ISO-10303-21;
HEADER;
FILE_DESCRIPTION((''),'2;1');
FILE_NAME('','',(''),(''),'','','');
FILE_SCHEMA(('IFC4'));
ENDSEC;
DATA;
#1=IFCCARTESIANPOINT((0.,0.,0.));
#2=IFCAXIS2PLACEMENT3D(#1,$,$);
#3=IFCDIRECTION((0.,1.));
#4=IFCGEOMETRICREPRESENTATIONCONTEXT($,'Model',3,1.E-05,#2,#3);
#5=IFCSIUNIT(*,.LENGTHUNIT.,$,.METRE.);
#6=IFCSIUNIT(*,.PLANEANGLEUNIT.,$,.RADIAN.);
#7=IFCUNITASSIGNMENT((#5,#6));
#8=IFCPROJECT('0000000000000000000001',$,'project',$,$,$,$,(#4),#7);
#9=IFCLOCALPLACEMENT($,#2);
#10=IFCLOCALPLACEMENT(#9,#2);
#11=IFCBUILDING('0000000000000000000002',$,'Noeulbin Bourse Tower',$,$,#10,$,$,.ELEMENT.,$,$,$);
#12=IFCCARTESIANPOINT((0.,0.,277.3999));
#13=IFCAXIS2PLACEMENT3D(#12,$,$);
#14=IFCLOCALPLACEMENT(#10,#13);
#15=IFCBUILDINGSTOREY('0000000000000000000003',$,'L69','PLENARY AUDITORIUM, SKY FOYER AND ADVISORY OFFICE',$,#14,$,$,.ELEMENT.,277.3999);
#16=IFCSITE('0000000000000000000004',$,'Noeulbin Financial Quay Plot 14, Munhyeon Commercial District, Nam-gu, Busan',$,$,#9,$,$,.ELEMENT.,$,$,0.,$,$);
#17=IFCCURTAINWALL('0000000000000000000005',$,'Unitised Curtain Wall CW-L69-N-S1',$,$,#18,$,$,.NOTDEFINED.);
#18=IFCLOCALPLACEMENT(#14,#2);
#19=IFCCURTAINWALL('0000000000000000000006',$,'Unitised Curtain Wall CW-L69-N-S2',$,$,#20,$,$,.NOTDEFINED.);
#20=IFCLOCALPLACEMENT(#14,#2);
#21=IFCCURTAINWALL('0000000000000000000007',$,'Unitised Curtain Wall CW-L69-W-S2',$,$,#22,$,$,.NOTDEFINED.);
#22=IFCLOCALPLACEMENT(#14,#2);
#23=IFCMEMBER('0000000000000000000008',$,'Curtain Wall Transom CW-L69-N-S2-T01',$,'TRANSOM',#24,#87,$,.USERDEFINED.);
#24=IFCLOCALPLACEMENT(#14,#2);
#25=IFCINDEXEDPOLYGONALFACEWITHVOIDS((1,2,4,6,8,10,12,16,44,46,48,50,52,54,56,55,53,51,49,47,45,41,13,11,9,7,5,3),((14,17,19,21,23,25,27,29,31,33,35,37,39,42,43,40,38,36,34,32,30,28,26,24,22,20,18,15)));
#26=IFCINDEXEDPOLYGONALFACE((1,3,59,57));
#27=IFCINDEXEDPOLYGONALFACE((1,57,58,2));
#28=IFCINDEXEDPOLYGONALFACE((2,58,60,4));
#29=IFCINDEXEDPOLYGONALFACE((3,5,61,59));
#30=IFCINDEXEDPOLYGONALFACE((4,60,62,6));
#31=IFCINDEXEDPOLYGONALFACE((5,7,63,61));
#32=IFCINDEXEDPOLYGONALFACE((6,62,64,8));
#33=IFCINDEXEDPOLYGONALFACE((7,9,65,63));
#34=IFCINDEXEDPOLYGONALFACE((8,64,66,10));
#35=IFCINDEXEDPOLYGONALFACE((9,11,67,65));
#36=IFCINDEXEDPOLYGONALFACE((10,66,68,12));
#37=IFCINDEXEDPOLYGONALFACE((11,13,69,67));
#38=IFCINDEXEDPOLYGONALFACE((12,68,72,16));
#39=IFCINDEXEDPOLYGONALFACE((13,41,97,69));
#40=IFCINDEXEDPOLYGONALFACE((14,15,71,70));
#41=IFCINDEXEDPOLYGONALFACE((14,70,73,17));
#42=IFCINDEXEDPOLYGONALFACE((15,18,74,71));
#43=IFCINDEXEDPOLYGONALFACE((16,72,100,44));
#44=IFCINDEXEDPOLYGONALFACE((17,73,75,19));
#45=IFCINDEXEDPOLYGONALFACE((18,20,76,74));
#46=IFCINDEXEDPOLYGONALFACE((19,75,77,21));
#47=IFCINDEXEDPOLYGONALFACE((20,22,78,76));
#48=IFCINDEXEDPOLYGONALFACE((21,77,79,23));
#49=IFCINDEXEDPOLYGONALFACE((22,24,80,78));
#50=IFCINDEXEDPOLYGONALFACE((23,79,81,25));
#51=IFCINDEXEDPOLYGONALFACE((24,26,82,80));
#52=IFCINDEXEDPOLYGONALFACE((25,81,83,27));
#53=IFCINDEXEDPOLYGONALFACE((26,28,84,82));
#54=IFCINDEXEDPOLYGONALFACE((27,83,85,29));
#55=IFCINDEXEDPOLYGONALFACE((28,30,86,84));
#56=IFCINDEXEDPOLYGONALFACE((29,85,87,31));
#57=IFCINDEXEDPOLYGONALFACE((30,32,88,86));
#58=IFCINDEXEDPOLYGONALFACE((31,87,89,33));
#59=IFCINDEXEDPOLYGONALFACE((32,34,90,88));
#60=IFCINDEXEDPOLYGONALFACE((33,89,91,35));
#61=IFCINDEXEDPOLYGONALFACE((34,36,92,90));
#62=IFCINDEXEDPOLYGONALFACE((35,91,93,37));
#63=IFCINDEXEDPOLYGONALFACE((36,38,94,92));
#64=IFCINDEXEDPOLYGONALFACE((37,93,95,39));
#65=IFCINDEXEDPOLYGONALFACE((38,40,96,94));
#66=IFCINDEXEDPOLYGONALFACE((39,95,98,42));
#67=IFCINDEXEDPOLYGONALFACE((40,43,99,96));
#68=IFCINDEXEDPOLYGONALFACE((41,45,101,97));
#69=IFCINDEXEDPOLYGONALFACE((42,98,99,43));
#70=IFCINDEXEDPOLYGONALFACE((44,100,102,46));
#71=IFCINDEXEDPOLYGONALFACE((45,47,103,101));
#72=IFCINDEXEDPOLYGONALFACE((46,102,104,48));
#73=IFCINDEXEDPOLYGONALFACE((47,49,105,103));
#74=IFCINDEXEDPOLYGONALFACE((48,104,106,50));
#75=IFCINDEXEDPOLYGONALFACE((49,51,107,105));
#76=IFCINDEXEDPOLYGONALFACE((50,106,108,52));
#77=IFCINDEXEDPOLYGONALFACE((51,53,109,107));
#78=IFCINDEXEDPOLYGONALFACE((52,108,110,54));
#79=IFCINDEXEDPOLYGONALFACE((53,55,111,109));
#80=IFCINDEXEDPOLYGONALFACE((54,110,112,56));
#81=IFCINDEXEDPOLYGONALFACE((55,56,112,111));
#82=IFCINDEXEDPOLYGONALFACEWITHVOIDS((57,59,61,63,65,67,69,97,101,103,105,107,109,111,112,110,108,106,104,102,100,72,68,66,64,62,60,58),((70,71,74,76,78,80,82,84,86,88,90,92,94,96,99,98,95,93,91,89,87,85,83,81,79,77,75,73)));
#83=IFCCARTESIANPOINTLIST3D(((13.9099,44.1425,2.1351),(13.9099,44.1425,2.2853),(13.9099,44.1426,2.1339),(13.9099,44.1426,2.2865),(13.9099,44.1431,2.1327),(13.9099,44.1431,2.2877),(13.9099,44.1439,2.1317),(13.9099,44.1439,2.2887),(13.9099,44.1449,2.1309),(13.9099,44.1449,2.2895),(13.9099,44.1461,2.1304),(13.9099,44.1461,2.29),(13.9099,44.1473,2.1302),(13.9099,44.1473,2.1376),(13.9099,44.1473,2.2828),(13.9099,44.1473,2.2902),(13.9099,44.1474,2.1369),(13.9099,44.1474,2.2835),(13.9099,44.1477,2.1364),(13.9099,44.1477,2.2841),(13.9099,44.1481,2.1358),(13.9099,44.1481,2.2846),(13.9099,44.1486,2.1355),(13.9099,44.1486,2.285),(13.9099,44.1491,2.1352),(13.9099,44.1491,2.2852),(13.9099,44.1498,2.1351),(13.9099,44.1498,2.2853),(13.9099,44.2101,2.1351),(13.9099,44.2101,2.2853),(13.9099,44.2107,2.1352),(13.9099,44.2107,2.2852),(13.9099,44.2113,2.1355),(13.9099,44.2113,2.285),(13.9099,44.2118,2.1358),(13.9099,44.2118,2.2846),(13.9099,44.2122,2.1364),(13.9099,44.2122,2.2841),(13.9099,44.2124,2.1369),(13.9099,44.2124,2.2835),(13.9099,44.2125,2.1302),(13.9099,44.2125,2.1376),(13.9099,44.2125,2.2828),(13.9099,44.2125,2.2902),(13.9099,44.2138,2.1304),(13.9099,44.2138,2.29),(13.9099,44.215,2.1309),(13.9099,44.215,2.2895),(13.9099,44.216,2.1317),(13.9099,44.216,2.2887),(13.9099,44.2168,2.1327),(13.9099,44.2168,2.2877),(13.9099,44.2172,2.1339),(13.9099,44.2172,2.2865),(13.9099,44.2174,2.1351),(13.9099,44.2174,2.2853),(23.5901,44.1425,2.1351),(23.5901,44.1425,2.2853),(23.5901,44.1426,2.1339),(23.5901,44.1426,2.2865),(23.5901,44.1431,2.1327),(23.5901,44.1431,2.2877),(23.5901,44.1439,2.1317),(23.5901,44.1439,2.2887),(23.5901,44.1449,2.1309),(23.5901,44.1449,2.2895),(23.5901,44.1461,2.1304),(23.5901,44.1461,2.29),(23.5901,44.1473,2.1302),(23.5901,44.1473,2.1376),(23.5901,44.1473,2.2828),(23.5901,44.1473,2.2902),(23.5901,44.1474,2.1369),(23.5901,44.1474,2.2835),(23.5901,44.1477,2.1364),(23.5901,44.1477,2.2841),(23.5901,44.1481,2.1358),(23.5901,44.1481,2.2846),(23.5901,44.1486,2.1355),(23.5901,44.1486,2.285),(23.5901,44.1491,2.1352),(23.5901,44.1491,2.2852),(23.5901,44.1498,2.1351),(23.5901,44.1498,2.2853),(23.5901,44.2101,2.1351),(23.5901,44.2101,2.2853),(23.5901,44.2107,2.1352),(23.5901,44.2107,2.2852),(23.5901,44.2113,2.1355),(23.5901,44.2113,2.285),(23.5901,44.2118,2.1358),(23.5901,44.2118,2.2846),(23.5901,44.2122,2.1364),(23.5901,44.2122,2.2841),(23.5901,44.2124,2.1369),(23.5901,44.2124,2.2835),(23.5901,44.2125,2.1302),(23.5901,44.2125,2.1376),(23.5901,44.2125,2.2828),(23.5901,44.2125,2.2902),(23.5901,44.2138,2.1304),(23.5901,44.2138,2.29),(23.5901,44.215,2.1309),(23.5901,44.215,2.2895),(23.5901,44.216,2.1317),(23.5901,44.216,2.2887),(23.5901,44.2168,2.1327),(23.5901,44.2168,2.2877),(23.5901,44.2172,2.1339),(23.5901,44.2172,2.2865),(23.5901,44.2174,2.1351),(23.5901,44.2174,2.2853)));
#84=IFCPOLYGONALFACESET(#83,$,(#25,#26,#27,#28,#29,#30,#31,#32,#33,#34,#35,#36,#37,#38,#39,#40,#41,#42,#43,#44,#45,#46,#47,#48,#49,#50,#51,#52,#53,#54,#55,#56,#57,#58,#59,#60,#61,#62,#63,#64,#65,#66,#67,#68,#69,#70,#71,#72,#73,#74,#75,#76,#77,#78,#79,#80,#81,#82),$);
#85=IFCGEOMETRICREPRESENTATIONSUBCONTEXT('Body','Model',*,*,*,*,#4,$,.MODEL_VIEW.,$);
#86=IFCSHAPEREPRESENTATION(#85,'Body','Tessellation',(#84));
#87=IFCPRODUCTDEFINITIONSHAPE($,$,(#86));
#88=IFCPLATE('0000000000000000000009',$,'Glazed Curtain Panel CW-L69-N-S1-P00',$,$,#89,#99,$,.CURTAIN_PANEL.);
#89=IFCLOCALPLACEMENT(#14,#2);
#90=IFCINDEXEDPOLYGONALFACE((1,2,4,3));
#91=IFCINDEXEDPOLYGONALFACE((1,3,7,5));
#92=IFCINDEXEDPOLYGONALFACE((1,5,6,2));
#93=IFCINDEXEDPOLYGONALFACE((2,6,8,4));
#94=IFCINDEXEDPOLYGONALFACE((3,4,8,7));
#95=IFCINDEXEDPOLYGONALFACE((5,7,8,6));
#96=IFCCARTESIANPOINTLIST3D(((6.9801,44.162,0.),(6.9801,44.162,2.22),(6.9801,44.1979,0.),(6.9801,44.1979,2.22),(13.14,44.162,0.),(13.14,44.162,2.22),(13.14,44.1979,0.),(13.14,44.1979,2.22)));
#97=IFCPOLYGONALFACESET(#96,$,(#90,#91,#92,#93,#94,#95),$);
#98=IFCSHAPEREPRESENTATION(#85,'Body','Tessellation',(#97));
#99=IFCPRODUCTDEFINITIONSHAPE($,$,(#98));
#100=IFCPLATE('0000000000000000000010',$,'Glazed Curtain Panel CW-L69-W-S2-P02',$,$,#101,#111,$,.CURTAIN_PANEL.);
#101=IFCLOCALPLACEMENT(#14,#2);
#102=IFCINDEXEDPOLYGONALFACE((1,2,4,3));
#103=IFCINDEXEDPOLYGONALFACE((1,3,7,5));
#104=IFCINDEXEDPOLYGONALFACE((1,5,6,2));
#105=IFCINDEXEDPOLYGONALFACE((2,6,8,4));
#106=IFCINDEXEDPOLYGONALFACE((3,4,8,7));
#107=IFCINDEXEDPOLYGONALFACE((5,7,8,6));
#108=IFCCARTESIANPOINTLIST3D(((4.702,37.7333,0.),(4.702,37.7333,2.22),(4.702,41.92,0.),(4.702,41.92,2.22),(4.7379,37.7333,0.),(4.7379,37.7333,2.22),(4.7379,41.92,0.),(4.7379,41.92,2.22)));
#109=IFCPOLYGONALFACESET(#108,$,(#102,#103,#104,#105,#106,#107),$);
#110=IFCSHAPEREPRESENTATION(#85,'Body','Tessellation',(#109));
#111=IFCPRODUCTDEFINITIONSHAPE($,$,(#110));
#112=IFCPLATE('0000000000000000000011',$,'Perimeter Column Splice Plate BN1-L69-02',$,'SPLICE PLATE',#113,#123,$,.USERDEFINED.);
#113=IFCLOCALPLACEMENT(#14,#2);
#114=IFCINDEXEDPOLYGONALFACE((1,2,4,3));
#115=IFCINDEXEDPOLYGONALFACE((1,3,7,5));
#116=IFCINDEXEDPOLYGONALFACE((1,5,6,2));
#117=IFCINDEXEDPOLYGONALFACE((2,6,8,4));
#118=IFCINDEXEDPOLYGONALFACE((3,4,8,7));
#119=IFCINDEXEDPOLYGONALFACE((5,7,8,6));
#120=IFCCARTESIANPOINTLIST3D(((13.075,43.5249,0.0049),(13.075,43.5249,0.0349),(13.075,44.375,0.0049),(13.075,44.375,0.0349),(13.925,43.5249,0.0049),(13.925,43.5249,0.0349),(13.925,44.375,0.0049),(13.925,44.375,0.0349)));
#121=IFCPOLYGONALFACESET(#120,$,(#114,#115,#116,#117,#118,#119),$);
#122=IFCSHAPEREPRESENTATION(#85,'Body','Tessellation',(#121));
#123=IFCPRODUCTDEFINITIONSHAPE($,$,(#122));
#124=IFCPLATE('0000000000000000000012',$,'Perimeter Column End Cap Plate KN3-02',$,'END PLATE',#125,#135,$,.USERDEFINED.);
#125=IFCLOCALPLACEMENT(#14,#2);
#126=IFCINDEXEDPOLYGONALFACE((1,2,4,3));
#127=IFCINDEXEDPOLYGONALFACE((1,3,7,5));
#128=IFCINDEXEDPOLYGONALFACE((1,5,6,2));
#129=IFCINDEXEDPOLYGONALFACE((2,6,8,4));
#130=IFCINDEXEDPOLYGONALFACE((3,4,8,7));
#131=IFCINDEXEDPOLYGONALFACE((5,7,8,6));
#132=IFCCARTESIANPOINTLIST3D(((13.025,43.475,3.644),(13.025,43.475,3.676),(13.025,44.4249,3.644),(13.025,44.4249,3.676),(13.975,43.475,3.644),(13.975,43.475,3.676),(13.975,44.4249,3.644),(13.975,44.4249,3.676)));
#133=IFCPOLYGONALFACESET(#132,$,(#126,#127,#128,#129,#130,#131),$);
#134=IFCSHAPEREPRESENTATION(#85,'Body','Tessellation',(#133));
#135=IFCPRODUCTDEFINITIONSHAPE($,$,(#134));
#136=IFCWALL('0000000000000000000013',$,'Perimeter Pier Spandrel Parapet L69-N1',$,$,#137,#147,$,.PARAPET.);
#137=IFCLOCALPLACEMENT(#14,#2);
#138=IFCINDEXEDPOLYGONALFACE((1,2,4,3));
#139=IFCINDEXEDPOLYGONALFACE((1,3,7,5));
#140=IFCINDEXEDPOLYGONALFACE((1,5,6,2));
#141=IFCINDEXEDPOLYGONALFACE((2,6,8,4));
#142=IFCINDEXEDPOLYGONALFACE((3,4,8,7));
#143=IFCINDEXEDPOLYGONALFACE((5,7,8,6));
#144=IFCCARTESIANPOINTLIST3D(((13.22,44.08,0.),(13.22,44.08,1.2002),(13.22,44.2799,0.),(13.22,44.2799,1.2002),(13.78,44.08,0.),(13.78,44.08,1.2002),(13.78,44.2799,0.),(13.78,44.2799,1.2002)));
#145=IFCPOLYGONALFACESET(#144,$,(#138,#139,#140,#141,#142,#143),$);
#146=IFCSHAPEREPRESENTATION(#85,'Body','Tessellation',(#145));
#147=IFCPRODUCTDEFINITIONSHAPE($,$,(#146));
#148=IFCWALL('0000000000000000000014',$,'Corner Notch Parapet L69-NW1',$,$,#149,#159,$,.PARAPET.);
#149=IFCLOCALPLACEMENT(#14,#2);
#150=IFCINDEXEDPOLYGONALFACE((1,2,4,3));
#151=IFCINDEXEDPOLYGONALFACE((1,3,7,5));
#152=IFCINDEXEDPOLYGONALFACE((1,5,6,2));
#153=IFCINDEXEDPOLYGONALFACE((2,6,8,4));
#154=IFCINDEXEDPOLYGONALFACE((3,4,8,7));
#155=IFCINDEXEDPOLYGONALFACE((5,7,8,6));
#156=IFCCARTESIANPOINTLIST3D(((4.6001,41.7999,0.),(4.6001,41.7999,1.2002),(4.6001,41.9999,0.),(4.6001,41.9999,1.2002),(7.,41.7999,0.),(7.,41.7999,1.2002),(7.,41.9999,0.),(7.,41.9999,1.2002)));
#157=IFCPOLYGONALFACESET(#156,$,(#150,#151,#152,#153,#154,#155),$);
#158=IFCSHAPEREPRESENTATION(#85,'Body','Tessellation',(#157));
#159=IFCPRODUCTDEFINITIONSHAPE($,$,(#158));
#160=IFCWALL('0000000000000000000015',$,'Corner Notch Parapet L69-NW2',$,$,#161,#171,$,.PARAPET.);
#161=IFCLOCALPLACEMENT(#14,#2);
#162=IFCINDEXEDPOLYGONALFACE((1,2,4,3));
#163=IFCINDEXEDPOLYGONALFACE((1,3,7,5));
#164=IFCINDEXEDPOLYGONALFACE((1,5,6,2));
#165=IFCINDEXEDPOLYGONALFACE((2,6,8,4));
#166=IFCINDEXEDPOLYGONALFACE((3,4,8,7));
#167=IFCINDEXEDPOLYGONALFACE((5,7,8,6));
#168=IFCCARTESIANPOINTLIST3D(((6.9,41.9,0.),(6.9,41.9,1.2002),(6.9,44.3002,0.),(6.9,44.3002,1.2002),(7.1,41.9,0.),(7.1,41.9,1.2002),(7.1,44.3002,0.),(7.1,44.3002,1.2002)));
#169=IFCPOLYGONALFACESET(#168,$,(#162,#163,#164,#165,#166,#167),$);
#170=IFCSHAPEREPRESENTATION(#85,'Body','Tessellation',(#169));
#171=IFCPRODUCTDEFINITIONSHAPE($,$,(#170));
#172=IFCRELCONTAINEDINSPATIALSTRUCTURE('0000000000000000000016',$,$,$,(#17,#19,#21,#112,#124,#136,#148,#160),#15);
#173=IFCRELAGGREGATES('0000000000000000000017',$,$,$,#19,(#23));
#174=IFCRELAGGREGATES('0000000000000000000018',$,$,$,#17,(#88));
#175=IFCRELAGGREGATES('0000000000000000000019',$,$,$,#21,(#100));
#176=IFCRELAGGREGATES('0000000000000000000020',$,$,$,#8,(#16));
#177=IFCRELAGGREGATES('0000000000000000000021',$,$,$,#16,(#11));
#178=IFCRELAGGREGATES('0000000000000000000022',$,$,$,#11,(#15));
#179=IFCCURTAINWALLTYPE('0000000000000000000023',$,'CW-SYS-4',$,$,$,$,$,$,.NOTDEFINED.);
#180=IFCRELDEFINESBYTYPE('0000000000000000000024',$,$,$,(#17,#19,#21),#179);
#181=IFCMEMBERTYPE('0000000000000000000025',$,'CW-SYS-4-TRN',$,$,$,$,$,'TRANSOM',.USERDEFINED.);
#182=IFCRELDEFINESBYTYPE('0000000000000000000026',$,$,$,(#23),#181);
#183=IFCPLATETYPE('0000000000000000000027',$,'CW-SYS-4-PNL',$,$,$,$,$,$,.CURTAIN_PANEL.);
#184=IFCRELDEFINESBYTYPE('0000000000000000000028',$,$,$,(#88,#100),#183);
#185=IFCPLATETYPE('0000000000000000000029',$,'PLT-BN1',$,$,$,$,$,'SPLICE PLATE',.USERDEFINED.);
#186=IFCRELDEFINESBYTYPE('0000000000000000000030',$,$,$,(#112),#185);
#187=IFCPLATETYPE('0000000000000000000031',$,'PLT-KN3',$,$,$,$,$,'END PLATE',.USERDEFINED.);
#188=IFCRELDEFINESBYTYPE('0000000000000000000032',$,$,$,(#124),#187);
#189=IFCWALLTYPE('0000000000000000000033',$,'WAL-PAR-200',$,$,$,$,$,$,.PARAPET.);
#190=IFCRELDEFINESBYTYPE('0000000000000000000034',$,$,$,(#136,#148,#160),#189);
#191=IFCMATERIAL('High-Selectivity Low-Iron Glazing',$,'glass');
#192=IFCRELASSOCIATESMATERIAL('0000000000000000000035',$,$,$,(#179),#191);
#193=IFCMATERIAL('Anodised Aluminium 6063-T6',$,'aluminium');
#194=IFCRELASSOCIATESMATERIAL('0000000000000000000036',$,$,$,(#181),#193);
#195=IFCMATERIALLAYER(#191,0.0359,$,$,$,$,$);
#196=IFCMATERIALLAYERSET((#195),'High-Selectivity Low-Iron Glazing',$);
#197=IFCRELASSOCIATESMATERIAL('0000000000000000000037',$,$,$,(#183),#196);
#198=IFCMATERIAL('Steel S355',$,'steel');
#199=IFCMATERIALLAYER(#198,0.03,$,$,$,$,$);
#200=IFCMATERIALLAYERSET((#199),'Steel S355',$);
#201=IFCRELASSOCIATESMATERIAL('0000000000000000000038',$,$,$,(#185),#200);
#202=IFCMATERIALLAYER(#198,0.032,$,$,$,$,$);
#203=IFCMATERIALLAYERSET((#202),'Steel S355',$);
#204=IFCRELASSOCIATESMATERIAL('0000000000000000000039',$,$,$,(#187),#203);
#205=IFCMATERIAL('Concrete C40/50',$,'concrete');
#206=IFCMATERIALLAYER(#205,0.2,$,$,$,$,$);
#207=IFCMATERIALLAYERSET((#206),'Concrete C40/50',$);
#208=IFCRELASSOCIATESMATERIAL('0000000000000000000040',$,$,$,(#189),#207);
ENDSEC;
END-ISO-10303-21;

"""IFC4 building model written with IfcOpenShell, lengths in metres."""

from ifc_helpers import new_model, si_unit, direction, frame, frame_2d, origin, origin_2d, place, context, subcontext, project, spatial, rectangle, hollow_rectangle, extrude, material, layer, layer_set, material_profile, profile_set, type_object, element, aggregate, save


model = new_model("IFC4")

# Units and contexts
model_context = context("Model", 3, precision=1e-05, world=origin(), true_north=direction((0.0, 1.0)))
body_context = subcontext(model_context, "Body", "Model", "MODEL_VIEW")
ifc_project = project(units=[si_unit("LENGTHUNIT", "METRE"), si_unit("PLANEANGLEUNIT", "RADIAN")], contexts=[model_context])

# Site, building, storey
site_placement = place(None, origin())
site = spatial("IfcSite", under=ifc_project, at=site_placement, Name="Noeulbin Financial Quay Plot 14, Munhyeon Commercial District, Nam-gu, Busan", CompositionType="ELEMENT", RefElevation=0.0)
building_placement = place(site_placement, origin())
building = spatial("IfcBuilding", under=site, at=building_placement, Name="Noeulbin Bourse Tower", CompositionType="ELEMENT")
storey_placement = place(building_placement, frame((0.0, 0.0, 277.3999)))
storey = spatial("IfcBuildingStorey", under=building, at=storey_placement, Name="L69", Description="PLENARY AUDITORIUM, SKY FOYER AND ADVISORY OFFICE", CompositionType="ELEMENT", Elevation=277.3999)

# Shared definitions
ifc_material_1 = material(Name="Steel S355", Category="steel")

# Curtain wall
ifc_material_2 = material(Name="High-Selectivity Low-Iron Glazing", Category="glass")
curtain_wall_type = type_object("IfcCurtainWallType", Name="CW-SYS-4", PredefinedType="NOTDEFINED", material=ifc_material_2)
curtain_wall_1_placement = place(storey_placement, origin())
curtain_wall_1 = element("IfcCurtainWall", 1, at=curtain_wall_1_placement, inside=storey, type_object=curtain_wall_type, Name="Unitised Curtain Wall CW-L69-N-S1", PredefinedType="NOTDEFINED")
ifc_material_3 = material(Name="Anodised Aluminium 6063-T6", Category="aluminium")

# Curtain walls
curtain_wall_2_placement = place(storey_placement, origin())
curtain_wall_2 = element("IfcCurtainWall", 2, at=curtain_wall_2_placement, inside=storey, type_object=curtain_wall_type, Name="Unitised Curtain Wall CW-L69-N-S2", PredefinedType="NOTDEFINED")
curtain_wall_3_placement = place(storey_placement, origin())
curtain_wall_3 = element("IfcCurtainWall", 3, at=curtain_wall_3_placement, inside=storey, type_object=curtain_wall_type, Name="Unitised Curtain Wall CW-L69-W-S2", PredefinedType="NOTDEFINED")

# Member
ifc_material_profile_1 = material_profile(ifc_material_3, hollow_rectangle(XDim=0.075, YDim=0.1599, WallThickness=0.0049, InnerFilletRadius=0.0024, OuterFilletRadius=0.0049, at=origin_2d()), Name="ALU-TRAN-75x160x5", Category="LoadBearing")
ifc_profile_set_1 = profile_set([ifc_material_profile_1], Name="Anodised Aluminium 6063-T6")
member_type_1 = type_object("IfcMemberType", Name="CW-SYS-4-TRN", ElementType="TRANSOM", PredefinedType="USERDEFINED", material=ifc_profile_set_1)
member_1_placement = place(storey_placement, frame((13.9099, 44.1799, 2.2102), z_axis=(1.0, 0.0, 0.0), x_axis=(0.0, 1.0, 0.0)))
member_1 = element("IfcMember", 4, at=member_1_placement, type_object=member_type_1, Name="Curtain Wall Transom CW-L69-N-S2-T01", ObjectType="TRANSOM", PredefinedType="USERDEFINED", context=body_context, shape_type="SweptSolid", body=[
    extrude(hollow_rectangle(XDim=0.075, YDim=0.1599, WallThickness=0.0049, InnerFilletRadius=0.0024, OuterFilletRadius=0.0049, at=origin_2d()), origin(), (0.0, 0.0, 1.0), 9.6802),
])
aggregate(curtain_wall_2, [member_1])

# Plates
ifc_layer_1 = layer(ifc_material_2, 0.0359)
ifc_layer_set_1 = layer_set([ifc_layer_1], Name="High-Selectivity Low-Iron Glazing")
plate_type_1 = type_object("IfcPlateType", Name="CW-SYS-4-PNL", PredefinedType="CURTAIN_PANEL", material=ifc_layer_set_1)
plate_1_placement = place(storey_placement, frame((10.0601, 44.1799, 0.0), z_axis=(0.0, 0.0, 1.0), x_axis=(1.0, 0.0, 0.0)))
plate_1 = element("IfcPlate", 5, at=plate_1_placement, type_object=plate_type_1, Name="Glazed Curtain Panel CW-L69-N-S1-P00", PredefinedType="CURTAIN_PANEL", context=body_context, shape_type="SweptSolid", body=[
    extrude(rectangle(XDim=6.1599, YDim=0.0359, at=origin_2d()), origin(), (0.0, 0.0, 1.0), 2.22),
])
aggregate(curtain_wall_1, [plate_1])
plate_2_placement = place(storey_placement, frame((4.72, 39.8267, 0.0), z_axis=(0.0, 0.0, 1.0), x_axis=(0.0, 1.0, 0.0)))
plate_2 = element("IfcPlate", 6, at=plate_2_placement, type_object=plate_type_1, Name="Glazed Curtain Panel CW-L69-W-S2-P02", PredefinedType="CURTAIN_PANEL", context=body_context, shape_type="SweptSolid", body=[
    extrude(rectangle(XDim=4.1868, YDim=0.0359, at=origin_2d()), origin(), (0.0, 0.0, 1.0), 2.22),
])
aggregate(curtain_wall_3, [plate_2])

# Plates
ifc_layer_2 = layer(ifc_material_1, 0.03)
ifc_layer_set_2 = layer_set([ifc_layer_2], Name="Steel S355")
plate_type_2 = type_object("IfcPlateType", Name="PLT-BN1", ElementType="SPLICE PLATE", PredefinedType="USERDEFINED", material=ifc_layer_set_2)
plate_3_placement = place(storey_placement, frame((13.5, 43.95, 0.0049), z_axis=(0.0, 0.0, 1.0), x_axis=(1.0, 0.0, 0.0)))
element("IfcPlate", 7, at=plate_3_placement, inside=storey, type_object=plate_type_2, Name="Perimeter Column Splice Plate BN1-L69-02", ObjectType="SPLICE PLATE", PredefinedType="USERDEFINED", context=body_context, shape_type="SweptSolid", body=[
    extrude(rectangle(XDim=0.8501, YDim=0.8501, at=origin_2d()), origin(), (0.0, 0.0, 1.0), 0.03),
])
ifc_layer_3 = layer(ifc_material_1, 0.032)
ifc_layer_set_3 = layer_set([ifc_layer_3], Name="Steel S355")
plate_type_3 = type_object("IfcPlateType", Name="PLT-KN3", ElementType="END PLATE", PredefinedType="USERDEFINED", material=ifc_layer_set_3)
plate_4_placement = place(storey_placement, frame((13.5, 43.95, 3.644), z_axis=(0.0, 0.0, 1.0), x_axis=(1.0, 0.0, 0.0)))
element("IfcPlate", 8, at=plate_4_placement, inside=storey, type_object=plate_type_3, Name="Perimeter Column End Cap Plate KN3-02", ObjectType="END PLATE", PredefinedType="USERDEFINED", context=body_context, shape_type="SweptSolid", body=[
    extrude(rectangle(XDim=0.95, YDim=0.95, at=origin_2d()), origin(), (0.0, 0.0, 1.0), 0.032),
])

# Walls
ifc_material_4 = material(Name="Concrete C40/50", Category="concrete")
ifc_layer_4 = layer(ifc_material_4, 0.2)
ifc_layer_set_4 = layer_set([ifc_layer_4], Name="Concrete C40/50")
wall_type_1 = type_object("IfcWallType", Name="WAL-PAR-200", PredefinedType="PARAPET", material=ifc_layer_set_4)
wall_1_placement = place(storey_placement, frame((13.22, 44.1799, 0.0), z_axis=(0.0, 0.0, 1.0), x_axis=(1.0, 0.0, 0.0)))
element("IfcWall", 9, at=wall_1_placement, inside=storey, type_object=wall_type_1, Name="Perimeter Pier Spandrel Parapet L69-N1", PredefinedType="PARAPET", context=body_context, shape_type="SweptSolid", body=[
    extrude(rectangle(XDim=0.5601, YDim=0.2, at=frame_2d((0.28, 0.0))), origin(), (0.0, 0.0, 1.0), 1.2002),
])
wall_2_placement = place(storey_placement, frame((4.6001, 41.8999, 0.0), z_axis=(0.0, 0.0, 1.0), x_axis=(1.0, 0.0, 0.0)))
element("IfcWall", 10, at=wall_2_placement, inside=storey, type_object=wall_type_1, Name="Corner Notch Parapet L69-NW1", PredefinedType="PARAPET", context=body_context, shape_type="SweptSolid", body=[
    extrude(rectangle(XDim=2.3999, YDim=0.2, at=frame_2d((1.2, 0.0))), origin(), (0.0, 0.0, 1.0), 1.2002),
])
wall_3_placement = place(storey_placement, frame((7.0, 41.8999, 0.0), z_axis=(0.0, 0.0, 1.0), x_axis=(0.0, 1.0, 0.0)))
element("IfcWall", 11, at=wall_3_placement, inside=storey, type_object=wall_type_1, Name="Corner Notch Parapet L69-NW2", PredefinedType="PARAPET", context=body_context, shape_type="SweptSolid", body=[
    extrude(rectangle(XDim=2.4001, YDim=0.2, at=frame_2d((1.2002, 0.0))), origin(), (0.0, 0.0, 1.0), 1.2002),
])

save(model, "model.ifc")
